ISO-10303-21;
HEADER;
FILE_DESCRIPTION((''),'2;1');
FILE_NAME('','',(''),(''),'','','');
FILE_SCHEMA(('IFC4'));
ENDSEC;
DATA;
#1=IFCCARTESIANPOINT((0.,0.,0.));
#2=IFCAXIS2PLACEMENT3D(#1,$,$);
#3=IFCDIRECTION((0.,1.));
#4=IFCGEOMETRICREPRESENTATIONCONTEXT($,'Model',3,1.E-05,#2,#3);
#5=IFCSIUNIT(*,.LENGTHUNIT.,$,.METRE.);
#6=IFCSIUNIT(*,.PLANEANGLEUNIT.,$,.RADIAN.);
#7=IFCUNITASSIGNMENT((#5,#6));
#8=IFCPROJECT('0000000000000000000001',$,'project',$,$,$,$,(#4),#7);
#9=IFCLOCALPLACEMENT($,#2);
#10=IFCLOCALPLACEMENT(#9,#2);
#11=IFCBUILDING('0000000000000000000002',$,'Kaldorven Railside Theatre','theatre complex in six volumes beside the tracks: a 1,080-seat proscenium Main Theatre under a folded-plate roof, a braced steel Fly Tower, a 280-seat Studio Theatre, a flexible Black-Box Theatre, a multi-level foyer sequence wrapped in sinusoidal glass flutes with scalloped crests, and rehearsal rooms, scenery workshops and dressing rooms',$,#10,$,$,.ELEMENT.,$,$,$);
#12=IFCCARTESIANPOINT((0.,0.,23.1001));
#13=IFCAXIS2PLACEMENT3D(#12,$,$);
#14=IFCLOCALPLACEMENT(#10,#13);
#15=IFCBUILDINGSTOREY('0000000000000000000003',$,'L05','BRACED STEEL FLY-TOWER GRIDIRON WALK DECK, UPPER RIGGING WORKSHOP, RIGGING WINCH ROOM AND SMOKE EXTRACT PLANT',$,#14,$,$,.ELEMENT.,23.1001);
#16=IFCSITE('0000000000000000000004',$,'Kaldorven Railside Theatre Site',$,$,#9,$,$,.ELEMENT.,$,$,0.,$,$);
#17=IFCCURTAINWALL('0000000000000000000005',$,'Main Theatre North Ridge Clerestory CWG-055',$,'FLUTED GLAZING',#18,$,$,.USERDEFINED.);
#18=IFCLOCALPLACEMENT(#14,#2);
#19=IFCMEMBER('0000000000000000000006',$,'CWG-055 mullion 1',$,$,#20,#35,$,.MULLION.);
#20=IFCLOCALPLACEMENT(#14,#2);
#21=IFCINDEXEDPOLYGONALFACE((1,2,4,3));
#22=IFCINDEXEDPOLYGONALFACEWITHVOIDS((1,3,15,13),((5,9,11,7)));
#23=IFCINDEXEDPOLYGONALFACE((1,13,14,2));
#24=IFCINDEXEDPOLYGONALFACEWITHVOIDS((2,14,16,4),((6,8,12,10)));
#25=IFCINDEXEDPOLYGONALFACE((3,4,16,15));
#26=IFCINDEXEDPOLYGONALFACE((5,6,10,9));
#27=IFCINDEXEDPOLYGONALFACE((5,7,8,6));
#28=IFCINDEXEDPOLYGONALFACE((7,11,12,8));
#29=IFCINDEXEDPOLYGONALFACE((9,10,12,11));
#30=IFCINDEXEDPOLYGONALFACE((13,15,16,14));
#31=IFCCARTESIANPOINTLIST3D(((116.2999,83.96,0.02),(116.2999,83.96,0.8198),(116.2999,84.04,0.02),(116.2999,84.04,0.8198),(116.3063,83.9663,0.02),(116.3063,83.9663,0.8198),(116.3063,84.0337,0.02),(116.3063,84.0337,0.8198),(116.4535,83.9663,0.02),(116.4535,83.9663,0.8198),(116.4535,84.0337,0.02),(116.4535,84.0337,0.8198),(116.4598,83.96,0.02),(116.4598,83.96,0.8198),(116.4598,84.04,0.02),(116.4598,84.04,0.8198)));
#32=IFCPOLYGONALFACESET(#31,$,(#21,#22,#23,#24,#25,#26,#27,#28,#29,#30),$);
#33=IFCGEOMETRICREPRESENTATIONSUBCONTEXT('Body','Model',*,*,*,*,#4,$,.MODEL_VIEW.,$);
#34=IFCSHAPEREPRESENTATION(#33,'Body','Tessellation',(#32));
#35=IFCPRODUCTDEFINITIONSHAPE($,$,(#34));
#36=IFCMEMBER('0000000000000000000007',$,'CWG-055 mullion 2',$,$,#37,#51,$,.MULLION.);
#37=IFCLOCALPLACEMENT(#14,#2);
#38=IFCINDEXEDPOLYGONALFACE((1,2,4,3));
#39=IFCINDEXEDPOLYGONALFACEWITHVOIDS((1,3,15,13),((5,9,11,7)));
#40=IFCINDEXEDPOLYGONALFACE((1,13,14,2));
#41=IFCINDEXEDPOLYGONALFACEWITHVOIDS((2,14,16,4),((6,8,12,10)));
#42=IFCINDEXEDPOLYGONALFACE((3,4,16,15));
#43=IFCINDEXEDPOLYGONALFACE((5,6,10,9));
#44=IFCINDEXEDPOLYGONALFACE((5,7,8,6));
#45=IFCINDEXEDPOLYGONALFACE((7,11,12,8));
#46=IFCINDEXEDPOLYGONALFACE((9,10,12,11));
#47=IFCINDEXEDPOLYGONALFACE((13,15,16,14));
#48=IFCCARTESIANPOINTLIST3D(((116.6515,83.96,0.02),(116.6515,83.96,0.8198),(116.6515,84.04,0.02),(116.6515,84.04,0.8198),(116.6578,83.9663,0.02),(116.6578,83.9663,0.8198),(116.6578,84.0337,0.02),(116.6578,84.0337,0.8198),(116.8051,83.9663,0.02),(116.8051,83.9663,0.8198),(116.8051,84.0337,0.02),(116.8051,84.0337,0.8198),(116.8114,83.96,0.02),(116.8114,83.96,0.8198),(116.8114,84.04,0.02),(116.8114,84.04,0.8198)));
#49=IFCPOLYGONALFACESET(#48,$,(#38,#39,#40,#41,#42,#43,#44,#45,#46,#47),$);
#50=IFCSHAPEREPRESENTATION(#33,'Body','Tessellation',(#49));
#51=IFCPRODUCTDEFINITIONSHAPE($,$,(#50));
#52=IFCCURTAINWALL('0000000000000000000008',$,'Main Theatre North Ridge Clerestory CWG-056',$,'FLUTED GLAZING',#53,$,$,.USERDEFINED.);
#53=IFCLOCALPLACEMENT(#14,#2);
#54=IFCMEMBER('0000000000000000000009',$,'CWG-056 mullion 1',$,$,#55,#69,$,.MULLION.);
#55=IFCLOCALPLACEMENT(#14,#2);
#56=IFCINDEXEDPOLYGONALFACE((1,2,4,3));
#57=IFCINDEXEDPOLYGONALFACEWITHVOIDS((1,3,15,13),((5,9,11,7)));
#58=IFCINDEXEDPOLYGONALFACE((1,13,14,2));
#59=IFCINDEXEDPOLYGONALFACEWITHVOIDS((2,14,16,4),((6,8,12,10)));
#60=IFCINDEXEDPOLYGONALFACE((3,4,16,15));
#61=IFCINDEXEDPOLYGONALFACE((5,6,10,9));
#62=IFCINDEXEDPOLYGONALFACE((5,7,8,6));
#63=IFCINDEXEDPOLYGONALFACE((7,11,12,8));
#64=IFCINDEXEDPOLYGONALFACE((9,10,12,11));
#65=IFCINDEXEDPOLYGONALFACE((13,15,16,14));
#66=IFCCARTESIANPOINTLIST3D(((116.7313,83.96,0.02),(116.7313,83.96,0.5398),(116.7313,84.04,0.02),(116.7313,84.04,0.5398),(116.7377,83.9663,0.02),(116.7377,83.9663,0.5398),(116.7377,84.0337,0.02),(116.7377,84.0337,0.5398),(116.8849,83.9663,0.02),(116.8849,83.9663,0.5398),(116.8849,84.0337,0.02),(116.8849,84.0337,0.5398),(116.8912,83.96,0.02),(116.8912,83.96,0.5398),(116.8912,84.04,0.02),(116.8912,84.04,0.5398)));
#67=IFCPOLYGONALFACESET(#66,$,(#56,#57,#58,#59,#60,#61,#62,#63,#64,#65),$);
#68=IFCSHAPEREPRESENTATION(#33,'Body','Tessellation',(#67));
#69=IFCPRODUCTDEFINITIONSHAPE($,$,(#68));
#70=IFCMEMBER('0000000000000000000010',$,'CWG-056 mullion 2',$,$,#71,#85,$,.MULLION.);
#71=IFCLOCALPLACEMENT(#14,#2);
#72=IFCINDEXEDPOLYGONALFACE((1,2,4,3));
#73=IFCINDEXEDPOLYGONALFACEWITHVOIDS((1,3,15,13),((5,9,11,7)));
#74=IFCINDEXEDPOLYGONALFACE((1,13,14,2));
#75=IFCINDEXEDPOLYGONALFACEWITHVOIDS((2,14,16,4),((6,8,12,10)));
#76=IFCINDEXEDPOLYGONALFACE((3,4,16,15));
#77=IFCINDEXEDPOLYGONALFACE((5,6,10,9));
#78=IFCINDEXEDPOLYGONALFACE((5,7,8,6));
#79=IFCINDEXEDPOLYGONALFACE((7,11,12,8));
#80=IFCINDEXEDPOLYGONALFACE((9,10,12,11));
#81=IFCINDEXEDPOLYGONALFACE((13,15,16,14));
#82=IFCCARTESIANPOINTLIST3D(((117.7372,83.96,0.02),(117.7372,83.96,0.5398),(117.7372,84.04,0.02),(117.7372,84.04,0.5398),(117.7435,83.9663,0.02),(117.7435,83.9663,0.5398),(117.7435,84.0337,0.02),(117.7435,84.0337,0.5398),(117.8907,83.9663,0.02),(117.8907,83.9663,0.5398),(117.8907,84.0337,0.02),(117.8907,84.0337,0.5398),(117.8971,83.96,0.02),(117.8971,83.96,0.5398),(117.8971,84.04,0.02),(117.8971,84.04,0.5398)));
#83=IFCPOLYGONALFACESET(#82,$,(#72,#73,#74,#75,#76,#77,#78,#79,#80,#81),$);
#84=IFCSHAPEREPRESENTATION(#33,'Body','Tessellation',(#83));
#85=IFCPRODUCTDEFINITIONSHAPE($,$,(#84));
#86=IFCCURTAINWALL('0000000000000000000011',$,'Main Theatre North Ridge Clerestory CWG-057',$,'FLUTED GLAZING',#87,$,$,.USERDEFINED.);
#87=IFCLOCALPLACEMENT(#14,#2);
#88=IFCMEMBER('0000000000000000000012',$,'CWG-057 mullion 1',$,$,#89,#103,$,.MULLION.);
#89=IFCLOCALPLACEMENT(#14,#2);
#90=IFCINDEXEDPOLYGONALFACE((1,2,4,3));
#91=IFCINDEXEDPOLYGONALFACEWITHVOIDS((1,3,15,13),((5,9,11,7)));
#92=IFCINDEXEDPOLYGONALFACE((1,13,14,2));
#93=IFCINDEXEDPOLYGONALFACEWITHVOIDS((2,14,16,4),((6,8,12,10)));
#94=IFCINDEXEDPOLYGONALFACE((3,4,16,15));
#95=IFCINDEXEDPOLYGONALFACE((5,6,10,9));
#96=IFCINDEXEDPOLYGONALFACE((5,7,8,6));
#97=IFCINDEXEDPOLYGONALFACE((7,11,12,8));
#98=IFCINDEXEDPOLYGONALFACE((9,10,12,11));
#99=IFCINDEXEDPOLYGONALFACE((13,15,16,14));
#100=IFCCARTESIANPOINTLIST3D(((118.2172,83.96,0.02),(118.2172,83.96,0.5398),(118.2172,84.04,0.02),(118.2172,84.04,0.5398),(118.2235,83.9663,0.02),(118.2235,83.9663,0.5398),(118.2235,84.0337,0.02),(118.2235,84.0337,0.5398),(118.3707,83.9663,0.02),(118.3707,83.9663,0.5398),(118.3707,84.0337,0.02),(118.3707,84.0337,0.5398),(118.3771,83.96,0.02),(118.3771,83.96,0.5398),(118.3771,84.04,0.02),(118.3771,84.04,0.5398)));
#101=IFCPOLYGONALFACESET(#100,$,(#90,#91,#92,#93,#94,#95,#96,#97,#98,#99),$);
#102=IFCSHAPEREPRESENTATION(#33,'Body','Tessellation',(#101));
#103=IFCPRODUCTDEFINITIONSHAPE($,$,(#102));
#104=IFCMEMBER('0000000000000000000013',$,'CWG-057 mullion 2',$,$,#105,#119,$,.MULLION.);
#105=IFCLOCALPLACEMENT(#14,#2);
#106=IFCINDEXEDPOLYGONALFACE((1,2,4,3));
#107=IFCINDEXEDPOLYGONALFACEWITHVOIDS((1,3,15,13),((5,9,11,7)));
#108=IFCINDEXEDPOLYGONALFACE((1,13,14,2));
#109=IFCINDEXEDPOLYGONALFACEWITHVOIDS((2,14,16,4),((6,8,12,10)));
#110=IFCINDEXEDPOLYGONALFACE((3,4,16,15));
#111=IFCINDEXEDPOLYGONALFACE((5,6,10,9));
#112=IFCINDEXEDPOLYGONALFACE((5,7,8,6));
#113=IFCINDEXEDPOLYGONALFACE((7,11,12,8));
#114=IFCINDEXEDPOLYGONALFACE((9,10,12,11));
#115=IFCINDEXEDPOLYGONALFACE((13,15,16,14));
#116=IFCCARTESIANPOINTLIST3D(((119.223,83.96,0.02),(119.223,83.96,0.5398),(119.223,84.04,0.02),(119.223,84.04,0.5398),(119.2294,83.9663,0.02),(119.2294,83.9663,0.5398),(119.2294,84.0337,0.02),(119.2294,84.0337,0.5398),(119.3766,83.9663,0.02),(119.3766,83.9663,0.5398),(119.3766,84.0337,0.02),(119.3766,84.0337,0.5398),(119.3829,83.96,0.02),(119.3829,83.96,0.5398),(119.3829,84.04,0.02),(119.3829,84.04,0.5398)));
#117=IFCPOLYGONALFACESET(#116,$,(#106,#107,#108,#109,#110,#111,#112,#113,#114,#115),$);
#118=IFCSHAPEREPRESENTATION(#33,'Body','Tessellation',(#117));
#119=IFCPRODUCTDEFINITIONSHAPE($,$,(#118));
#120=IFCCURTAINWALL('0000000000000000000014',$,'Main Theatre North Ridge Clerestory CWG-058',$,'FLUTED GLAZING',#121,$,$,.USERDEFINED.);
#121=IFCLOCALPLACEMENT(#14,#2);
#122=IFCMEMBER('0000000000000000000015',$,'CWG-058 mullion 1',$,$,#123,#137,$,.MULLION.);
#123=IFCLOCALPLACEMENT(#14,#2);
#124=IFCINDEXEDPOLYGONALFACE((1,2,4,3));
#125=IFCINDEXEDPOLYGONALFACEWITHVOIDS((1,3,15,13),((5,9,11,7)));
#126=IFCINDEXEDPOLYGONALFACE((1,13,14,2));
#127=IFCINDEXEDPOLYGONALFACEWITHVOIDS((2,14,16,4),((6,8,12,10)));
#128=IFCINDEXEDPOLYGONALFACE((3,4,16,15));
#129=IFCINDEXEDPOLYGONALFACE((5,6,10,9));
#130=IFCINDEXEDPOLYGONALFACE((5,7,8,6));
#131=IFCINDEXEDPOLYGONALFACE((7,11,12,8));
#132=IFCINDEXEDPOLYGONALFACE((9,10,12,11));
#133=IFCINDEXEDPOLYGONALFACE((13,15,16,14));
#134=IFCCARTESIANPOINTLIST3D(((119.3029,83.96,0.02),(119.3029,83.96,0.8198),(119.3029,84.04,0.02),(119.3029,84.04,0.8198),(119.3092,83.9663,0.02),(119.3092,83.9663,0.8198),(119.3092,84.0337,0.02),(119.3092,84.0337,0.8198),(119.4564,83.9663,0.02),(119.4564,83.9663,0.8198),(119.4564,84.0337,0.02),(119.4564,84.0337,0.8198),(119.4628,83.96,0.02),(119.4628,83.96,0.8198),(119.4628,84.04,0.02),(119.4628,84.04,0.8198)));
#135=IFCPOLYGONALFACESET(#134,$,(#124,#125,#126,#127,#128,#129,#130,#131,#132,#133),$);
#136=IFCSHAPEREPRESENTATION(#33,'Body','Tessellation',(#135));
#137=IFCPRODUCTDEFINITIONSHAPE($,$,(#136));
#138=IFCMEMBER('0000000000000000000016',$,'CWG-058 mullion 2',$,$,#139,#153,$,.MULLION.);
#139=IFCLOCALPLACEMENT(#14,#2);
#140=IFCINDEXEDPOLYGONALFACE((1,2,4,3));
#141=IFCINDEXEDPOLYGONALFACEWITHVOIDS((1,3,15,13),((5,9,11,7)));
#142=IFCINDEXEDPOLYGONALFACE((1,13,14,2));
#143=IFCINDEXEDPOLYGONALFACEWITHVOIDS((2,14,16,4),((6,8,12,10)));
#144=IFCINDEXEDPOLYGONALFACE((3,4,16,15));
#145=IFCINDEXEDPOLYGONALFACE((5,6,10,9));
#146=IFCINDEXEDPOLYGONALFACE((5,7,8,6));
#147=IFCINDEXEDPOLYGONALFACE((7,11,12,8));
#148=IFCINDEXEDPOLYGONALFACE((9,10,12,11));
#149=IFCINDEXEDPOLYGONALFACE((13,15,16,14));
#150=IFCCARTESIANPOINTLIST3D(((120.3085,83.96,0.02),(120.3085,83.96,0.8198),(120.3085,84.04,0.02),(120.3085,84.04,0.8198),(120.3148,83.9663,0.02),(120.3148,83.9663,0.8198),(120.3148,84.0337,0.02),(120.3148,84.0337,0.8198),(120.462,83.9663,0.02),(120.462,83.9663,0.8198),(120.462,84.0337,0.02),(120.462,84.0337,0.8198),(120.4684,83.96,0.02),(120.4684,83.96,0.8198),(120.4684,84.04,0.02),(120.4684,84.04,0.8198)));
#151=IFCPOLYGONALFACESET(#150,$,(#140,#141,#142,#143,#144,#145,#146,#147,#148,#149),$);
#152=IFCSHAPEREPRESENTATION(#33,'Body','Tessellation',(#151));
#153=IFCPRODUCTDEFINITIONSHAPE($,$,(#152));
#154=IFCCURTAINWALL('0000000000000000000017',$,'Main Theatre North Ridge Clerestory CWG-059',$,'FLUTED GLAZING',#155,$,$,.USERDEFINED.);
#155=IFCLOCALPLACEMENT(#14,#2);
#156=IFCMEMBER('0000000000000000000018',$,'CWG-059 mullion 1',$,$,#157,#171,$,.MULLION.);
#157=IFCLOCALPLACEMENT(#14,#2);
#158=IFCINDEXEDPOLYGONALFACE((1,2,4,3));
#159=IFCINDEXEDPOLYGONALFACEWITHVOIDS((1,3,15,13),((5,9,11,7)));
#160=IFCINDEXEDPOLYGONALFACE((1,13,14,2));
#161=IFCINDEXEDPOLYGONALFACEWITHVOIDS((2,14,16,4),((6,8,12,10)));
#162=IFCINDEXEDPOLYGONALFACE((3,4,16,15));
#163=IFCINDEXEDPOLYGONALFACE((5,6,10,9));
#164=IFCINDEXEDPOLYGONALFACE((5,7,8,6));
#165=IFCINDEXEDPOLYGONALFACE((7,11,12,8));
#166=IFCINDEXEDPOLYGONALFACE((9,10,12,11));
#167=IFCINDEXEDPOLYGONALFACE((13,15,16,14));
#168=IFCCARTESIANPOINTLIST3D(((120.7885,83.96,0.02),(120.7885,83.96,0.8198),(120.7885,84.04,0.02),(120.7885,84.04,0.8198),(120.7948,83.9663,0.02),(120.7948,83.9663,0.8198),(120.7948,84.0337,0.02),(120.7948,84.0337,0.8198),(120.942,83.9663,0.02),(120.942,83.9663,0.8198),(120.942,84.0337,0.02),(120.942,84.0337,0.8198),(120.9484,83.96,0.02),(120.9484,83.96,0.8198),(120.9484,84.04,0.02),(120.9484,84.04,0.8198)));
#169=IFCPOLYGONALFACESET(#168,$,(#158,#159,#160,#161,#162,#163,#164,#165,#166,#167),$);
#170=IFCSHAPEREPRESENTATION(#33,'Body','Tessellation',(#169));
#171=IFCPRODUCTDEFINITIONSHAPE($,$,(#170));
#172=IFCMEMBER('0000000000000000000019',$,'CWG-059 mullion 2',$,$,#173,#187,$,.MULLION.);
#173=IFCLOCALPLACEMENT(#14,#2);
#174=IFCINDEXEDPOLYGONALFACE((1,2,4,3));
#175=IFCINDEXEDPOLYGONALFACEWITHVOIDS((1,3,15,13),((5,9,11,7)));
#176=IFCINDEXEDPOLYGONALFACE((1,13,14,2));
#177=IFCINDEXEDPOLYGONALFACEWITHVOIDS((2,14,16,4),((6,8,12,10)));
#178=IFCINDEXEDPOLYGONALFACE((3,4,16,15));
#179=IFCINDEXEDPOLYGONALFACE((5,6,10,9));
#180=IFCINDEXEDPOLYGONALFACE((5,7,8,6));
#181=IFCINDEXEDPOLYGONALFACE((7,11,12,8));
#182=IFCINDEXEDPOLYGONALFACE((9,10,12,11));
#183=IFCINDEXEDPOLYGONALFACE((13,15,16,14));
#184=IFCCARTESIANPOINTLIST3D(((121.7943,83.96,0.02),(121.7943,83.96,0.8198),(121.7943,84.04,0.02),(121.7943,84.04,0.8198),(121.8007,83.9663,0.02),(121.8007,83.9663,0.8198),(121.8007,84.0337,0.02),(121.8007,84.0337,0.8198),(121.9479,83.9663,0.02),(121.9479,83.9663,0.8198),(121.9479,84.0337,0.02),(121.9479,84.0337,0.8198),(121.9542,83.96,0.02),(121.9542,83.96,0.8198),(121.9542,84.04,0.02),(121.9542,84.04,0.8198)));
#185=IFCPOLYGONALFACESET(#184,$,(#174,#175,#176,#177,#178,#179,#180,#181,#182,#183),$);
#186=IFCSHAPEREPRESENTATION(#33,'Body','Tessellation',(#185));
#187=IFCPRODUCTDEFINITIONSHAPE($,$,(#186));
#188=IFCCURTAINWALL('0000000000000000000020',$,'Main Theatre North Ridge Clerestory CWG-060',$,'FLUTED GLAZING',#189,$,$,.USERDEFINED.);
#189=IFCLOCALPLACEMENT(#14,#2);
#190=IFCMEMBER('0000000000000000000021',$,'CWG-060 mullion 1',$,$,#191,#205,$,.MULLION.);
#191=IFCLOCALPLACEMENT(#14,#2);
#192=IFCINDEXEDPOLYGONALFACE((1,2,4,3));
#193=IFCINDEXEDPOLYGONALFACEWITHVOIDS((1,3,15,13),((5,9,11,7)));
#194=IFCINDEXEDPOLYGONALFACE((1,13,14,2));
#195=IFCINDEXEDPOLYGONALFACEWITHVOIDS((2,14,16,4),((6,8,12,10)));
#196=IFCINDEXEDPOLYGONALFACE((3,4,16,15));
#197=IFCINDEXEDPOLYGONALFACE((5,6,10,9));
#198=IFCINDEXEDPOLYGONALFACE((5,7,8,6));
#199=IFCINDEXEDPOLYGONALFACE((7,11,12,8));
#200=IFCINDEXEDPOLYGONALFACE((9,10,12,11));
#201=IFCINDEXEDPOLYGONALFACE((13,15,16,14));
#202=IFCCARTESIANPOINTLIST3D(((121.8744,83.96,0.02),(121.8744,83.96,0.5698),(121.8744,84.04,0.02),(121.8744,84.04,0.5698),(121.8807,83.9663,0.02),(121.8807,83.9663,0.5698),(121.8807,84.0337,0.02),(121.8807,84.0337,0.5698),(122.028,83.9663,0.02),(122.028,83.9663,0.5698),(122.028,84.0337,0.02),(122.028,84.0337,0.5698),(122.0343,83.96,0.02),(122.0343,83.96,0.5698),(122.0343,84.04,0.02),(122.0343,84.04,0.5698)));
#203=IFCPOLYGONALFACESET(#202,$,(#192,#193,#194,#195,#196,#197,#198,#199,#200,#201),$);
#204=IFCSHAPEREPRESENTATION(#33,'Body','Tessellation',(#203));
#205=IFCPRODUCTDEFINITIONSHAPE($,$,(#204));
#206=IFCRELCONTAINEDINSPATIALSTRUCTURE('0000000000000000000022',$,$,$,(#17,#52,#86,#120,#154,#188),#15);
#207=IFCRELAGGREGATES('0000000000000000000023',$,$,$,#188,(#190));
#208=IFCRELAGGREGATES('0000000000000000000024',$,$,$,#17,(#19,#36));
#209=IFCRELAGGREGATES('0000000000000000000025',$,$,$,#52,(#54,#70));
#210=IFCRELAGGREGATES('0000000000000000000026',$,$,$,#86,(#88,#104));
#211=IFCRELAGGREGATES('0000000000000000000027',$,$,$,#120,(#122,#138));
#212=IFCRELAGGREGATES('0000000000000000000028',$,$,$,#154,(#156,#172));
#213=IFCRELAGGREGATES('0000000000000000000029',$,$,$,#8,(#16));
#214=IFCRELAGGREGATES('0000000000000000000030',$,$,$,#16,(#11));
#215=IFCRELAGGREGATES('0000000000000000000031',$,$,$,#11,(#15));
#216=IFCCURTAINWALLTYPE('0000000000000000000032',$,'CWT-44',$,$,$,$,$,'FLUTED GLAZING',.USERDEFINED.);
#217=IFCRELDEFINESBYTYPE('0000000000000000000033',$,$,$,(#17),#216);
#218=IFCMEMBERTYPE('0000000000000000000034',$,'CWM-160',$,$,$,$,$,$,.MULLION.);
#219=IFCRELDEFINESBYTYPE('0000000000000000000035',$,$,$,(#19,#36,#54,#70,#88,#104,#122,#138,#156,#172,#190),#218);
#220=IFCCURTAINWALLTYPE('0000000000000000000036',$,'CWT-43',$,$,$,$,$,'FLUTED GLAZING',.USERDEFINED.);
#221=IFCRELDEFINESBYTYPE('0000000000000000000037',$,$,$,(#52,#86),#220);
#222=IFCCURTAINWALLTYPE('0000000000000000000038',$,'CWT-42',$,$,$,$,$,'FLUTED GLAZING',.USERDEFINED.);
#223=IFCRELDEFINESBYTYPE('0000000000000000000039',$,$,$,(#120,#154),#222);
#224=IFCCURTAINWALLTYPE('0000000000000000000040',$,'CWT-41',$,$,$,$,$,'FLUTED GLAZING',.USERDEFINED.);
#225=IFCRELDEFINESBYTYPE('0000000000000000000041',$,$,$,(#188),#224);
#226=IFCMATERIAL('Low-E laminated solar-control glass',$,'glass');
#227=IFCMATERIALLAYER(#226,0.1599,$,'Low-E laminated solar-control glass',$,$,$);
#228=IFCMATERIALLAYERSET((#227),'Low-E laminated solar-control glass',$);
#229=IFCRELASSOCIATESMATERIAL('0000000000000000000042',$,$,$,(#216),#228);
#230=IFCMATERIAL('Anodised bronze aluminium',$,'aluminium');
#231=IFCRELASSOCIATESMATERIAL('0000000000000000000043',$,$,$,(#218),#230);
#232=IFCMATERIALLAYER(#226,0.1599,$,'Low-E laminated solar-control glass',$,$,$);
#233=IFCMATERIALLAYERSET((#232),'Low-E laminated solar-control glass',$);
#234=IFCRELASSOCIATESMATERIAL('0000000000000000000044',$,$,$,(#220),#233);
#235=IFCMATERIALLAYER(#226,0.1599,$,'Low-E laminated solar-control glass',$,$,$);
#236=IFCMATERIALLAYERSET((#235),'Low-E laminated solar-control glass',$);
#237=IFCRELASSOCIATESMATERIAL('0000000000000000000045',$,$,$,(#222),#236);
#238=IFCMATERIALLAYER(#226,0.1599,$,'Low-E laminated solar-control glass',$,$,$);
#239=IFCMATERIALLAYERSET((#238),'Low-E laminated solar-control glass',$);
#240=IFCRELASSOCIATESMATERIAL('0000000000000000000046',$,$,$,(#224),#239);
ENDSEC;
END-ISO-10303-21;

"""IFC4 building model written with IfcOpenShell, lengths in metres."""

from ifc_helpers import new_model, si_unit, direction, frame, origin, origin_2d, place, context, subcontext, project, spatial, hollow_rectangle, extrude, material, layer, layer_set, material_profile, profile_set, type_object, element, aggregate, save


model = new_model("IFC4")

# Units and contexts
model_context = context("Model", 3, precision=1e-05, world=origin(), true_north=direction((0.0, 1.0)))
body_context = subcontext(model_context, "Body", "Model", "MODEL_VIEW")
ifc_project = project(units=[si_unit("LENGTHUNIT", "METRE"), si_unit("PLANEANGLEUNIT", "RADIAN")], contexts=[model_context])

# Site, building, storey
site_placement = place(None, origin())
site = spatial("IfcSite", under=ifc_project, at=site_placement, Name="Kaldorven Railside Theatre Site", CompositionType="ELEMENT", RefElevation=0.0)
building_placement = place(site_placement, origin())
building = spatial("IfcBuilding", under=site, at=building_placement, Name="Kaldorven Railside Theatre", Description="theatre complex in six volumes beside the tracks: a 1,080-seat proscenium Main Theatre under a folded-plate roof, a braced steel Fly Tower, a 280-seat Studio Theatre, a flexible Black-Box Theatre, a multi-level foyer sequence wrapped in sinusoidal glass flutes with scalloped crests, and rehearsal rooms, scenery workshops and dressing rooms", CompositionType="ELEMENT")
storey_placement = place(building_placement, frame((0.0, 0.0, 23.1001)))
storey = spatial("IfcBuildingStorey", under=building, at=storey_placement, Name="L05", Description="BRACED STEEL FLY-TOWER GRIDIRON WALK DECK, UPPER RIGGING WORKSHOP, RIGGING WINCH ROOM AND SMOKE EXTRACT PLANT", CompositionType="ELEMENT", Elevation=23.1001)

# Curtain walls, members
ifc_material_1 = material(Name="Low-E laminated solar-control glass", Category="glass")
ifc_layer_1 = layer(ifc_material_1, 0.1599, Name="Low-E laminated solar-control glass")
ifc_layer_set_1 = layer_set([ifc_layer_1], Name="Low-E laminated solar-control glass")
curtain_wall_type_1 = type_object("IfcCurtainWallType", Name="CWT-44", ElementType="FLUTED GLAZING", PredefinedType="USERDEFINED", material=ifc_layer_set_1)
curtain_wall_1_placement = place(storey_placement, origin())
curtain_wall_1 = element("IfcCurtainWall", 1, at=curtain_wall_1_placement, inside=storey, type_object=curtain_wall_type_1, Name="Main Theatre North Ridge Clerestory CWG-055", ObjectType="FLUTED GLAZING", PredefinedType="USERDEFINED")
ifc_material_2 = material(Name="Anodised bronze aluminium", Category="aluminium")
ifc_material_profile_1 = material_profile(ifc_material_2, hollow_rectangle(XDim=0.0801, YDim=0.1599, WallThickness=0.0063, at=origin_2d()), Name="RHS 160x80x6.3")
ifc_profile_set_1 = profile_set([ifc_material_profile_1], Name="Anodised bronze aluminium")
member_type_1 = type_object("IfcMemberType", Name="CWM-160", PredefinedType="MULLION", material=ifc_profile_set_1)
member_1_placement = place(storey_placement, frame((116.3799, 84.0, 0.02), z_axis=(0.0, 0.0, 1.0), x_axis=(0.0, 1.0, 0.0)))
member_1 = element("IfcMember", 2, at=member_1_placement, type_object=member_type_1, Name="CWG-055 mullion 1", PredefinedType="MULLION", context=body_context, shape_type="SweptSolid", body=[
    extrude(hollow_rectangle(XDim=0.0801, YDim=0.1599, WallThickness=0.0063, at=origin_2d()), origin(), (0.0, 0.0, 1.0), 0.7998),
])
member_2_placement = place(storey_placement, frame((116.7314, 84.0, 0.02), z_axis=(0.0, 0.0, 1.0), x_axis=(0.0, 1.0, 0.0)))
member_2 = element("IfcMember", 3, at=member_2_placement, type_object=member_type_1, Name="CWG-055 mullion 2", PredefinedType="MULLION", context=body_context, shape_type="SweptSolid", body=[
    extrude(hollow_rectangle(XDim=0.0801, YDim=0.1599, WallThickness=0.0063, at=origin_2d()), origin(), (0.0, 0.0, 1.0), 0.7998),
])
ifc_layer_2 = layer(ifc_material_1, 0.1599, Name="Low-E laminated solar-control glass")
ifc_layer_set_2 = layer_set([ifc_layer_2], Name="Low-E laminated solar-control glass")
curtain_wall_type_2 = type_object("IfcCurtainWallType", Name="CWT-43", ElementType="FLUTED GLAZING", PredefinedType="USERDEFINED", material=ifc_layer_set_2)
curtain_wall_2_placement = place(storey_placement, origin())
curtain_wall_2 = element("IfcCurtainWall", 4, at=curtain_wall_2_placement, inside=storey, type_object=curtain_wall_type_2, Name="Main Theatre North Ridge Clerestory CWG-056", ObjectType="FLUTED GLAZING", PredefinedType="USERDEFINED")
member_3_placement = place(storey_placement, frame((116.8113, 84.0, 0.02), z_axis=(0.0, 0.0, 1.0), x_axis=(0.0, 1.0, 0.0)))
member_3 = element("IfcMember", 5, at=member_3_placement, type_object=member_type_1, Name="CWG-056 mullion 1", PredefinedType="MULLION", context=body_context, shape_type="SweptSolid", body=[
    extrude(hollow_rectangle(XDim=0.0801, YDim=0.1599, WallThickness=0.0063, at=origin_2d()), origin(), (0.0, 0.0, 1.0), 0.5198),
])
member_4_placement = place(storey_placement, frame((117.8171, 84.0, 0.02), z_axis=(0.0, 0.0, 1.0), x_axis=(0.0, 1.0, 0.0)))
member_4 = element("IfcMember", 6, at=member_4_placement, type_object=member_type_1, Name="CWG-056 mullion 2", PredefinedType="MULLION", context=body_context, shape_type="SweptSolid", body=[
    extrude(hollow_rectangle(XDim=0.0801, YDim=0.1599, WallThickness=0.0063, at=origin_2d()), origin(), (0.0, 0.0, 1.0), 0.5198),
])
curtain_wall_3_placement = place(storey_placement, origin())
curtain_wall_3 = element("IfcCurtainWall", 7, at=curtain_wall_3_placement, inside=storey, type_object=curtain_wall_type_2, Name="Main Theatre North Ridge Clerestory CWG-057", ObjectType="FLUTED GLAZING", PredefinedType="USERDEFINED")
member_5_placement = place(storey_placement, frame((118.2971, 84.0, 0.02), z_axis=(0.0, 0.0, 1.0), x_axis=(0.0, 1.0, 0.0)))
member_5 = element("IfcMember", 8, at=member_5_placement, type_object=member_type_1, Name="CWG-057 mullion 1", PredefinedType="MULLION", context=body_context, shape_type="SweptSolid", body=[
    extrude(hollow_rectangle(XDim=0.0801, YDim=0.1599, WallThickness=0.0063, at=origin_2d()), origin(), (0.0, 0.0, 1.0), 0.5198),
])
member_6_placement = place(storey_placement, frame((119.303, 84.0, 0.02), z_axis=(0.0, 0.0, 1.0), x_axis=(0.0, 1.0, 0.0)))
member_6 = element("IfcMember", 9, at=member_6_placement, type_object=member_type_1, Name="CWG-057 mullion 2", PredefinedType="MULLION", context=body_context, shape_type="SweptSolid", body=[
    extrude(hollow_rectangle(XDim=0.0801, YDim=0.1599, WallThickness=0.0063, at=origin_2d()), origin(), (0.0, 0.0, 1.0), 0.5198),
])
ifc_layer_3 = layer(ifc_material_1, 0.1599, Name="Low-E laminated solar-control glass")
ifc_layer_set_3 = layer_set([ifc_layer_3], Name="Low-E laminated solar-control glass")
curtain_wall_type_3 = type_object("IfcCurtainWallType", Name="CWT-42", ElementType="FLUTED GLAZING", PredefinedType="USERDEFINED", material=ifc_layer_set_3)
curtain_wall_4_placement = place(storey_placement, origin())
curtain_wall_4 = element("IfcCurtainWall", 10, at=curtain_wall_4_placement, inside=storey, type_object=curtain_wall_type_3, Name="Main Theatre North Ridge Clerestory CWG-058", ObjectType="FLUTED GLAZING", PredefinedType="USERDEFINED")
member_7_placement = place(storey_placement, frame((119.3828, 84.0, 0.02), z_axis=(0.0, 0.0, 1.0), x_axis=(0.0, 1.0, 0.0)))
member_7 = element("IfcMember", 11, at=member_7_placement, type_object=member_type_1, Name="CWG-058 mullion 1", PredefinedType="MULLION", context=body_context, shape_type="SweptSolid", body=[
    extrude(hollow_rectangle(XDim=0.0801, YDim=0.1599, WallThickness=0.0063, at=origin_2d()), origin(), (0.0, 0.0, 1.0), 0.7998),
])
member_8_placement = place(storey_placement, frame((120.3884, 84.0, 0.02), z_axis=(0.0, 0.0, 1.0), x_axis=(0.0, 1.0, 0.0)))
member_8 = element("IfcMember", 12, at=member_8_placement, type_object=member_type_1, Name="CWG-058 mullion 2", PredefinedType="MULLION", context=body_context, shape_type="SweptSolid", body=[
    extrude(hollow_rectangle(XDim=0.0801, YDim=0.1599, WallThickness=0.0063, at=origin_2d()), origin(), (0.0, 0.0, 1.0), 0.7998),
])
curtain_wall_5_placement = place(storey_placement, origin())
curtain_wall_5 = element("IfcCurtainWall", 13, at=curtain_wall_5_placement, inside=storey, type_object=curtain_wall_type_3, Name="Main Theatre North Ridge Clerestory CWG-059", ObjectType="FLUTED GLAZING", PredefinedType="USERDEFINED")
member_9_placement = place(storey_placement, frame((120.8684, 84.0, 0.02), z_axis=(0.0, 0.0, 1.0), x_axis=(0.0, 1.0, 0.0)))
member_9 = element("IfcMember", 14, at=member_9_placement, type_object=member_type_1, Name="CWG-059 mullion 1", PredefinedType="MULLION", context=body_context, shape_type="SweptSolid", body=[
    extrude(hollow_rectangle(XDim=0.0801, YDim=0.1599, WallThickness=0.0063, at=origin_2d()), origin(), (0.0, 0.0, 1.0), 0.7998),
])
member_10_placement = place(storey_placement, frame((121.8743, 84.0, 0.02), z_axis=(0.0, 0.0, 1.0), x_axis=(0.0, 1.0, 0.0)))
member_10 = element("IfcMember", 15, at=member_10_placement, type_object=member_type_1, Name="CWG-059 mullion 2", PredefinedType="MULLION", context=body_context, shape_type="SweptSolid", body=[
    extrude(hollow_rectangle(XDim=0.0801, YDim=0.1599, WallThickness=0.0063, at=origin_2d()), origin(), (0.0, 0.0, 1.0), 0.7998),
])

# Curtain wall, member
ifc_layer_4 = layer(ifc_material_1, 0.1599, Name="Low-E laminated solar-control glass")
ifc_layer_set_4 = layer_set([ifc_layer_4], Name="Low-E laminated solar-control glass")
curtain_wall_type_4 = type_object("IfcCurtainWallType", Name="CWT-41", ElementType="FLUTED GLAZING", PredefinedType="USERDEFINED", material=ifc_layer_set_4)
curtain_wall_6_placement = place(storey_placement, origin())
curtain_wall_6 = element("IfcCurtainWall", 16, at=curtain_wall_6_placement, inside=storey, type_object=curtain_wall_type_4, Name="Main Theatre North Ridge Clerestory CWG-060", ObjectType="FLUTED GLAZING", PredefinedType="USERDEFINED")
member_11_placement = place(storey_placement, frame((121.9543, 84.0, 0.02), z_axis=(0.0, 0.0, 1.0), x_axis=(0.0, 1.0, 0.0)))
member_11 = element("IfcMember", 17, at=member_11_placement, type_object=member_type_1, Name="CWG-060 mullion 1", PredefinedType="MULLION", context=body_context, shape_type="SweptSolid", body=[
    extrude(hollow_rectangle(XDim=0.0801, YDim=0.1599, WallThickness=0.0063, at=origin_2d()), origin(), (0.0, 0.0, 1.0), 0.5498),
])

aggregate(curtain_wall_6, [member_11])

aggregate(curtain_wall_1, [member_1, member_2])
aggregate(curtain_wall_2, [member_3, member_4])
aggregate(curtain_wall_3, [member_5, member_6])
aggregate(curtain_wall_4, [member_7, member_8])
aggregate(curtain_wall_5, [member_9, member_10])

save(model, "model.ifc")
